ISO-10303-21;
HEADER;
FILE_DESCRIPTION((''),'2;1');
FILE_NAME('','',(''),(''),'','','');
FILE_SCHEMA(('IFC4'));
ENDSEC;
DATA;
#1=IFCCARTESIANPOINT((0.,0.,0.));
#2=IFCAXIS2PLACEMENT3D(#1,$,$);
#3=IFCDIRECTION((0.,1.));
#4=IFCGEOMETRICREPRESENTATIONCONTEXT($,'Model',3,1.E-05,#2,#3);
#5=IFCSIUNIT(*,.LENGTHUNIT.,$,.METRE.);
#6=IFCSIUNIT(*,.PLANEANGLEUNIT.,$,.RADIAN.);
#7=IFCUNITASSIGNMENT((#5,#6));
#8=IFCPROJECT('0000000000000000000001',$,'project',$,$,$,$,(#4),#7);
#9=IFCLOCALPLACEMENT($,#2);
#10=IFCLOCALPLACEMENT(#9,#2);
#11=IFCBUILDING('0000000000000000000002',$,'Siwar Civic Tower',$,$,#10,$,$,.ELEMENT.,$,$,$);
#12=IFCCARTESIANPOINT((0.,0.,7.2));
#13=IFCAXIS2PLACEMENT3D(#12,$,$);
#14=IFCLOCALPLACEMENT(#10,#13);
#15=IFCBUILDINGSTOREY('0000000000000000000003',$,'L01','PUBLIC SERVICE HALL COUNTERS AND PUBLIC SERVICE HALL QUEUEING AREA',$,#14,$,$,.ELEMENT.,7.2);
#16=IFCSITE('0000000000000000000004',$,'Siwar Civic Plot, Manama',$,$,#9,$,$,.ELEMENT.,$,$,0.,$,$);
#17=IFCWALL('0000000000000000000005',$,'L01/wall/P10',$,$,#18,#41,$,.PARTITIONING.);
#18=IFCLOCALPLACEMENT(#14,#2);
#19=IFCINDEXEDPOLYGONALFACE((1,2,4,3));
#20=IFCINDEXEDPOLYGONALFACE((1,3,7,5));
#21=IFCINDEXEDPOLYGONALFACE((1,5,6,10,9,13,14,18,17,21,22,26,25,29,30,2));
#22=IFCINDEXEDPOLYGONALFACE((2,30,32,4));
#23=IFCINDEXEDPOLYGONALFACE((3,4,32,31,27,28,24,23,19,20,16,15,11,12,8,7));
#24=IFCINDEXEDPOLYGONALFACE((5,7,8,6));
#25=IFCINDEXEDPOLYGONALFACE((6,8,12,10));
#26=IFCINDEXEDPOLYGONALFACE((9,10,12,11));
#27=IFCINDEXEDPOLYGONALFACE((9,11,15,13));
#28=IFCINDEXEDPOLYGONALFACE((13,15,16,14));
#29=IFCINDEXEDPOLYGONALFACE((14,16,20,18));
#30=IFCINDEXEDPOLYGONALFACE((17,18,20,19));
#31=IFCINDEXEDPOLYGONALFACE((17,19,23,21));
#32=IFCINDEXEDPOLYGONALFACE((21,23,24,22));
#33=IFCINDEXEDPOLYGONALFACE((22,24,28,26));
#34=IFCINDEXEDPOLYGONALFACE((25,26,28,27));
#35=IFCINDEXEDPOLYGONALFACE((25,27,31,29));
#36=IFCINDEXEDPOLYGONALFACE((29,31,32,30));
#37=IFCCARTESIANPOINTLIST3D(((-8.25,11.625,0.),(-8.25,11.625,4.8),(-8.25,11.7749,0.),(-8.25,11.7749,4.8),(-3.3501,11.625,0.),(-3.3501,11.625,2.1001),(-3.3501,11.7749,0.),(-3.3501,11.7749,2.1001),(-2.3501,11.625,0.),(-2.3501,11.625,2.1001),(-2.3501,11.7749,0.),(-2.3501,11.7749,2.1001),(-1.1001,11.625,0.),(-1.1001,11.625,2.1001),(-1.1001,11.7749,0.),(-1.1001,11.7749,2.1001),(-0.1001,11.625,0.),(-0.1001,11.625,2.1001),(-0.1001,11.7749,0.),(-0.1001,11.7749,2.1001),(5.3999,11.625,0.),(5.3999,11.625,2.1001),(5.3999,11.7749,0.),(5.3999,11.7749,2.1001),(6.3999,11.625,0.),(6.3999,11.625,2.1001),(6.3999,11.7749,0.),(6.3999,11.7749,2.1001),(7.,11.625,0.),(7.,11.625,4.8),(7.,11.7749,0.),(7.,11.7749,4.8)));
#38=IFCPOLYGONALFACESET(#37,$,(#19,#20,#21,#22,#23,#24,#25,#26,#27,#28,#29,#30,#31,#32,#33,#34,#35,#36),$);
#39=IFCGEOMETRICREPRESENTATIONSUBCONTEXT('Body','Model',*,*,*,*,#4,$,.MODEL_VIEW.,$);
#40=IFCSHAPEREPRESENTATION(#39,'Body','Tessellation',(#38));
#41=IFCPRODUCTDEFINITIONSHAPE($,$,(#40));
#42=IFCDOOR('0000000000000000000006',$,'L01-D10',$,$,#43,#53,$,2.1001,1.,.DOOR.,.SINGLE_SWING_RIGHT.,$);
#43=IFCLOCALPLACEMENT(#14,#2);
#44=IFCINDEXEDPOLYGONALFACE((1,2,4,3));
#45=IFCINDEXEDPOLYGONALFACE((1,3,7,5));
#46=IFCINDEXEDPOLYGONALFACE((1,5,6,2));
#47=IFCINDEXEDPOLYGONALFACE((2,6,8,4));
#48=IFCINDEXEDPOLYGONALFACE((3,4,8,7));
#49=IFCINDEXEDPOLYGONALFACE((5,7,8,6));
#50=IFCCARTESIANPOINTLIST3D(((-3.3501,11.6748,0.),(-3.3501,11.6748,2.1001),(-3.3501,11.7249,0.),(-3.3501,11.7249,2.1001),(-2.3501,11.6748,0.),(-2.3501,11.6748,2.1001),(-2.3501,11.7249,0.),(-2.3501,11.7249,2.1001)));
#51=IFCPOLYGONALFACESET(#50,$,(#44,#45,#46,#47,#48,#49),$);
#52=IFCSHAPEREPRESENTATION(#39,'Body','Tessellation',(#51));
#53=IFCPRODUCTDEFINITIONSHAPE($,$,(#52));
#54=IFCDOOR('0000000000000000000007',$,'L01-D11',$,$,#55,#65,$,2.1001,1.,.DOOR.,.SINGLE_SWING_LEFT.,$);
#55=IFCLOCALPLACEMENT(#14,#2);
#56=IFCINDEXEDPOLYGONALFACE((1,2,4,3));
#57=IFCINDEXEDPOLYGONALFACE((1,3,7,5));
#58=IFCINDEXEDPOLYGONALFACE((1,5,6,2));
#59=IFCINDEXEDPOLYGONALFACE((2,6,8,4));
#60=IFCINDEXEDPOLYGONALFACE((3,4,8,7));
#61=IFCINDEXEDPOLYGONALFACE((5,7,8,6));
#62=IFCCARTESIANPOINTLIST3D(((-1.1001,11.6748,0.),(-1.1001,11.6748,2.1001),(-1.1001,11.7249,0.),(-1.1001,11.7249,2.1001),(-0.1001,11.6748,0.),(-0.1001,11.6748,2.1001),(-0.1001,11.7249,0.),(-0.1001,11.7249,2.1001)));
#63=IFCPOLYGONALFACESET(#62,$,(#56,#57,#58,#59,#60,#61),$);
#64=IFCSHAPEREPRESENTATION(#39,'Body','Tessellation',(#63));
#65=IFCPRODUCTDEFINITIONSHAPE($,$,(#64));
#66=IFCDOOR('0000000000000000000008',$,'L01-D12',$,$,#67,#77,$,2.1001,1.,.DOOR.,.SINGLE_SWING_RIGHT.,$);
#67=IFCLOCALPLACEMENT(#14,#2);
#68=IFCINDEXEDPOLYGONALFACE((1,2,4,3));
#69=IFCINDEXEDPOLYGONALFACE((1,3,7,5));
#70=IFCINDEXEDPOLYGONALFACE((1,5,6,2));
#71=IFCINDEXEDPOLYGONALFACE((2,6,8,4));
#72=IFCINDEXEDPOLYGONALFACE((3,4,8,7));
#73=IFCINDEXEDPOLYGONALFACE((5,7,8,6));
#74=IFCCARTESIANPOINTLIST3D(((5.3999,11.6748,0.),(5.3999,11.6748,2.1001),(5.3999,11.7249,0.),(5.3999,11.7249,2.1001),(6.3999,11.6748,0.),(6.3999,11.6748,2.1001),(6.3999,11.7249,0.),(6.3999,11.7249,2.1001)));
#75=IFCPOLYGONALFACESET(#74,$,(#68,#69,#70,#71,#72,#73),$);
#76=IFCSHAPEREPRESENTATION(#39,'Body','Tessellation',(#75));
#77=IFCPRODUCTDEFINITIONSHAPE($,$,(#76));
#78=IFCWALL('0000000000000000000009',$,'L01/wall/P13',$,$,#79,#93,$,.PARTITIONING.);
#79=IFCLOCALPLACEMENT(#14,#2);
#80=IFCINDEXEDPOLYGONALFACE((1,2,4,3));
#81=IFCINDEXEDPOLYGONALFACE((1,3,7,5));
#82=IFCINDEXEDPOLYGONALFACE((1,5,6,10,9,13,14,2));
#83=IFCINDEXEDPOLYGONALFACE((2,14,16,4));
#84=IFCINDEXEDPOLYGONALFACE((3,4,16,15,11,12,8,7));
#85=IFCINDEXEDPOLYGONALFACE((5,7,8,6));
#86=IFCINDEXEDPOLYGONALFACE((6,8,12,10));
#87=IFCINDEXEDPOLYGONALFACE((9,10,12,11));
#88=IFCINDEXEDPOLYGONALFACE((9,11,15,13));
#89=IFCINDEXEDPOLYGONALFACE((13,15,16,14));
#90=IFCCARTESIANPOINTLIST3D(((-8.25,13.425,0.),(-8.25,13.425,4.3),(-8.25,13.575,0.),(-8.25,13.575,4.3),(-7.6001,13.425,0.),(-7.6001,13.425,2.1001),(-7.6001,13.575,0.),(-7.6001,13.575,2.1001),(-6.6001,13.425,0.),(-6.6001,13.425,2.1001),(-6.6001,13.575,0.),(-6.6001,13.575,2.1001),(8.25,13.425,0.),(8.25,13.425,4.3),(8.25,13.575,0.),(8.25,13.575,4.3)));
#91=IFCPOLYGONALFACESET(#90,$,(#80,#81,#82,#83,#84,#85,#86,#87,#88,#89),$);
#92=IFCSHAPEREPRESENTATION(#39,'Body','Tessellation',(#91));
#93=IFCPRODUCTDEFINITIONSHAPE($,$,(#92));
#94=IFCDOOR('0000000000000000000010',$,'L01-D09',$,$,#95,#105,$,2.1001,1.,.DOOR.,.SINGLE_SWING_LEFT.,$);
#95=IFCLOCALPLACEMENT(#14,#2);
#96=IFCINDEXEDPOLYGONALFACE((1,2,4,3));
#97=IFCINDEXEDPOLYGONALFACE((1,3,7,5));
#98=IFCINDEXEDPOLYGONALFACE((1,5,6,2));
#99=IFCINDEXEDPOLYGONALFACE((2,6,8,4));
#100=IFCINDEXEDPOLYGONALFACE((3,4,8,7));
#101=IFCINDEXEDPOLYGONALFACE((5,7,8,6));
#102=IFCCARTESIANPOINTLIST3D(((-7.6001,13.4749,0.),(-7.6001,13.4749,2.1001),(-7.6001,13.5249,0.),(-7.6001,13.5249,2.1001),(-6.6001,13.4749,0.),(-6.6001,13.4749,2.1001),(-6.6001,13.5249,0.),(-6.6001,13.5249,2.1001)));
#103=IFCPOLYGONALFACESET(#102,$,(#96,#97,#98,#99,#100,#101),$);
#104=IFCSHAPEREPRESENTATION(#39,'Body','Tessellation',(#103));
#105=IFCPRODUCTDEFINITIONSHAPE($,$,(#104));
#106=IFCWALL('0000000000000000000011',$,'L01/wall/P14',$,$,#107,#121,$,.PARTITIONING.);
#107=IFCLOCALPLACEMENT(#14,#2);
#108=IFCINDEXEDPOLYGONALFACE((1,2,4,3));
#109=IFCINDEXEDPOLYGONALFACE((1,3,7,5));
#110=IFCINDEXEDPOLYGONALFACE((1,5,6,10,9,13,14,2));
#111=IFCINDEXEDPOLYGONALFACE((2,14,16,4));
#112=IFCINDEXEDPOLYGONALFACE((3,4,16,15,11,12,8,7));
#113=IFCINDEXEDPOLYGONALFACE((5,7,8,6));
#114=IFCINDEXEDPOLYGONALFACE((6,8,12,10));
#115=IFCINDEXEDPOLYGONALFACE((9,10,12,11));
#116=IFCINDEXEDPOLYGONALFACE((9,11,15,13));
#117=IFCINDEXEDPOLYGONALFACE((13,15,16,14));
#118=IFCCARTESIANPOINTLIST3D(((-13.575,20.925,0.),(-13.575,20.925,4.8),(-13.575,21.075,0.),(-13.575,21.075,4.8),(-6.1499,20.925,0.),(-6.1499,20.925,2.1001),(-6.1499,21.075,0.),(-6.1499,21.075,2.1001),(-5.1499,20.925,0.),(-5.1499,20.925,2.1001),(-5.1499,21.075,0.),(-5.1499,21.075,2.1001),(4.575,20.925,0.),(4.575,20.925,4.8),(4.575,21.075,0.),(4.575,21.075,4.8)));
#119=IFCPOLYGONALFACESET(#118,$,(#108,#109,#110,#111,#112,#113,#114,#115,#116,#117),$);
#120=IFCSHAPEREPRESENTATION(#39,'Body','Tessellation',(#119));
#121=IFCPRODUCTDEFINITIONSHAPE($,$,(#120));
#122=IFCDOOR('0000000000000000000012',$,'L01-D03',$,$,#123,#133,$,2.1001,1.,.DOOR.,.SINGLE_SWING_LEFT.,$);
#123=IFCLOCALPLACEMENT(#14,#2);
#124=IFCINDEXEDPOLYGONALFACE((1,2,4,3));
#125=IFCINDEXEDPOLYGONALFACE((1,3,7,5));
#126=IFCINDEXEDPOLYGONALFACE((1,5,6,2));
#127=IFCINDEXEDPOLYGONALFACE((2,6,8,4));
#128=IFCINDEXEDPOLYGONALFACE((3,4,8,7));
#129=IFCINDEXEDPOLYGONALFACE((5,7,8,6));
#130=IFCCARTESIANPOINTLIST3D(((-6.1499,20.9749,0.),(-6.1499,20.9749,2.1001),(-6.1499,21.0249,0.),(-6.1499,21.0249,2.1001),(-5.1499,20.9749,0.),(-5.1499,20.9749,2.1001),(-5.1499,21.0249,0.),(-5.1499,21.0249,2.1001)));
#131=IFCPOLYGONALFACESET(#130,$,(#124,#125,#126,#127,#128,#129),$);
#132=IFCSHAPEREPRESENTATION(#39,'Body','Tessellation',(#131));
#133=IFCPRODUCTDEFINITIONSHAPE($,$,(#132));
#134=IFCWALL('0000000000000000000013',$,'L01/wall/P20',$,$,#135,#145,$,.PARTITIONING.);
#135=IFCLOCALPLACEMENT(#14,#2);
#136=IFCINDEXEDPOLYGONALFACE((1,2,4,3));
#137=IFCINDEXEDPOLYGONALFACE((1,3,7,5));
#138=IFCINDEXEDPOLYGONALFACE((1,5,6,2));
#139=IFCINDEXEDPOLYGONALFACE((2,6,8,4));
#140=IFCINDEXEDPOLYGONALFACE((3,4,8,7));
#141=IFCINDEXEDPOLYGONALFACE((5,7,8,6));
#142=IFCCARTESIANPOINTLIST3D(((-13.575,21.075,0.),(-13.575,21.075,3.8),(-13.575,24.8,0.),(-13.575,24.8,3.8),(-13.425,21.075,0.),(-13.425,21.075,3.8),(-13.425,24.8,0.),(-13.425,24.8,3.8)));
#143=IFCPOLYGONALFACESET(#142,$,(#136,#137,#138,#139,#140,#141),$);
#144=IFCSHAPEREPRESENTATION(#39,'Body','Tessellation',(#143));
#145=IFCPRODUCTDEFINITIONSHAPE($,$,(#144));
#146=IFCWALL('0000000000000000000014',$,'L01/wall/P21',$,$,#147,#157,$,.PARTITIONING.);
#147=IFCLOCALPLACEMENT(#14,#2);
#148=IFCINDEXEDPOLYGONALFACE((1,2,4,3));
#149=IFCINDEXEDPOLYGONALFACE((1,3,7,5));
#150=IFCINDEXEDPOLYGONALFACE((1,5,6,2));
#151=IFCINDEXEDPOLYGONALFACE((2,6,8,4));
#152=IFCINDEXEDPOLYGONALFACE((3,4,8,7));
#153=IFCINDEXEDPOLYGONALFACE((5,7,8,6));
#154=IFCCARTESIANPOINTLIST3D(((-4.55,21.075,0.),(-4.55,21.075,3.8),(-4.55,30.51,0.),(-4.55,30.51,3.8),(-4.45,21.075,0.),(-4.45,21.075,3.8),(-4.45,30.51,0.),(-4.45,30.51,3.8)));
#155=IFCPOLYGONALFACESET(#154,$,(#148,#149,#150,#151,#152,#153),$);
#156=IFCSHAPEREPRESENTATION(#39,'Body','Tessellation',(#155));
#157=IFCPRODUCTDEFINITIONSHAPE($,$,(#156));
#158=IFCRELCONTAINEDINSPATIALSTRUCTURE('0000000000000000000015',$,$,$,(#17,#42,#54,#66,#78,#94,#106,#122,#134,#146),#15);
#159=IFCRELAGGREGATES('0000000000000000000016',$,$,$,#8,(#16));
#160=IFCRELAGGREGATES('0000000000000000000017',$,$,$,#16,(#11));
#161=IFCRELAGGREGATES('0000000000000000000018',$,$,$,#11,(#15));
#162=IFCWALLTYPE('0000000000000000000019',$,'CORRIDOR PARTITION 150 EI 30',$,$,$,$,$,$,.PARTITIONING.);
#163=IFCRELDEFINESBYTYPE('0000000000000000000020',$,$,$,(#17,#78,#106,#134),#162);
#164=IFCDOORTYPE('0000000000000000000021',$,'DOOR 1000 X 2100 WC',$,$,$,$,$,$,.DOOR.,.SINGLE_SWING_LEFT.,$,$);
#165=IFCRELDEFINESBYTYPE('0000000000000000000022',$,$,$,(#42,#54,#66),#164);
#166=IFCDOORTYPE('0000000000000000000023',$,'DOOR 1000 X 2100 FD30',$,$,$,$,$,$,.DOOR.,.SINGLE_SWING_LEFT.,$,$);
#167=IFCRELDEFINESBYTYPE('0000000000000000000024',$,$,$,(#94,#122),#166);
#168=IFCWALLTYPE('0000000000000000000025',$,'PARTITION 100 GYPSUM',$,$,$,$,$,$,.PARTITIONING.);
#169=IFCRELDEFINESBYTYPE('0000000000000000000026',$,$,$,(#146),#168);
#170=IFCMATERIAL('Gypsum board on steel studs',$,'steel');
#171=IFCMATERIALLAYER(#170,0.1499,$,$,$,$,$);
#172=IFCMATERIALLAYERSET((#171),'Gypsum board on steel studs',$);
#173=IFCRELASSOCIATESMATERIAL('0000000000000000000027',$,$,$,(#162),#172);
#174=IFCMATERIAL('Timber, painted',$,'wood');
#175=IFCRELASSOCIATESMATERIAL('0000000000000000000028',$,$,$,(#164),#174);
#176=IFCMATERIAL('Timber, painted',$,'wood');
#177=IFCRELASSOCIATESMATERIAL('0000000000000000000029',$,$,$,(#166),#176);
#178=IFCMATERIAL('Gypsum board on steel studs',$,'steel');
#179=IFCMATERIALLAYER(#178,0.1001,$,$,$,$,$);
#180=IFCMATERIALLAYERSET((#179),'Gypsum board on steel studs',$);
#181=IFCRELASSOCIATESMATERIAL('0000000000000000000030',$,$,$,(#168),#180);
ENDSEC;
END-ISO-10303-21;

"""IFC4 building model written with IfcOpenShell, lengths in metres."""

from ifc_helpers import new_model, si_unit, direction, frame, frame_2d, origin, place, context, subcontext, project, spatial, rectangle, extrude, material, layer, layer_set, type_object, element, fill, save


model = new_model("IFC4")

# Units and contexts
model_context = context("Model", 3, precision=1e-05, world=origin(), true_north=direction((0.0, 1.0)))
body_context = subcontext(model_context, "Body", "Model", "MODEL_VIEW")
ifc_project = project(units=[si_unit("LENGTHUNIT", "METRE"), si_unit("PLANEANGLEUNIT", "RADIAN")], contexts=[model_context])

# Site, building, storey
site_placement = place(None, origin())
site = spatial("IfcSite", under=ifc_project, at=site_placement, Name="Siwar Civic Plot, Manama", CompositionType="ELEMENT", RefElevation=0.0)
building_placement = place(site_placement, origin())
building = spatial("IfcBuilding", under=site, at=building_placement, Name="Siwar Civic Tower", CompositionType="ELEMENT")
storey_placement = place(building_placement, frame((0.0, 0.0, 7.2)))
storey = spatial("IfcBuildingStorey", under=building, at=storey_placement, Name="L01", Description="PUBLIC SERVICE HALL COUNTERS AND PUBLIC SERVICE HALL QUEUEING AREA", CompositionType="ELEMENT", Elevation=7.2)

# Wall, openings, doors
ifc_material_1 = material(Name="Gypsum board on steel studs", Category="steel")
ifc_layer_1 = layer(ifc_material_1, 0.1499)
ifc_layer_set_1 = layer_set([ifc_layer_1], Name="Gypsum board on steel studs")
wall_type_1 = type_object("IfcWallType", Name="CORRIDOR PARTITION 150 EI 30", PredefinedType="PARTITIONING", material=ifc_layer_set_1)
wall_1_placement = place(storey_placement, frame((-8.25, 11.7, 0.0), z_axis=(0.0, 0.0, 1.0), x_axis=(1.0, 0.0, 0.0)))
wall_1 = element("IfcWall", 1, at=wall_1_placement, inside=storey, type_object=wall_type_1, Name="L01/wall/P10", PredefinedType="PARTITIONING", context=body_context, shape_type="SweptSolid", body=[
    extrude(rectangle(XDim=15.25, YDim=0.1499, at=frame_2d((7.625, 0.0))), origin(), (0.0, 0.0, 1.0), 4.8),
])
opening_1_placement = place(wall_1_placement, frame((4.8999, 0.0, 0.0)))
opening_1 = element("IfcOpeningElement", 2, at=opening_1_placement, cuts=wall_1, PredefinedType="OPENING", context=body_context, shape_type="SweptSolid", body=[
    extrude(rectangle(XDim=1.0, YDim=2.1001, at=frame_2d((0.5, 1.05))), frame((0.0, 0.085, 0.0), z_axis=(0.0, -1.0, 0.0), x_axis=(1.0, 0.0, 0.0)), (0.0, 0.0, 1.0), 0.1699),
])
opening_2_placement = place(wall_1_placement, frame((7.1499, 0.0, 0.0)))
opening_2 = element("IfcOpeningElement", 3, at=opening_2_placement, cuts=wall_1, PredefinedType="OPENING", context=body_context, shape_type="SweptSolid", body=[
    extrude(rectangle(XDim=1.0, YDim=2.1001, at=frame_2d((0.5, 1.05))), frame((0.0, 0.085, 0.0), z_axis=(0.0, -1.0, 0.0), x_axis=(1.0, 0.0, 0.0)), (0.0, 0.0, 1.0), 0.1699),
])
opening_3_placement = place(wall_1_placement, frame((13.6499, 0.0, 0.0)))
opening_3 = element("IfcOpeningElement", 4, at=opening_3_placement, cuts=wall_1, PredefinedType="OPENING", context=body_context, shape_type="SweptSolid", body=[
    extrude(rectangle(XDim=1.0, YDim=2.1001, at=frame_2d((0.5, 1.05))), frame((0.0, 0.085, 0.0), z_axis=(0.0, -1.0, 0.0), x_axis=(1.0, 0.0, 0.0)), (0.0, 0.0, 1.0), 0.1699),
])
ifc_material_2 = material(Name="Timber, painted", Category="wood")
door_type_1 = type_object("IfcDoorType", Name="DOOR 1000 X 2100 WC", OperationType="SINGLE_SWING_LEFT", PredefinedType="DOOR", material=ifc_material_2)
door_1_placement = place(opening_1_placement, origin())
door_1 = element("IfcDoor", 5, at=door_1_placement, inside=storey, type_object=door_type_1, Name="L01-D10", OperationType="SINGLE_SWING_RIGHT", OverallHeight=2.1001, OverallWidth=1.0, PredefinedType="DOOR", context=body_context, shape_type="SweptSolid", body=[
    extrude(rectangle(XDim=1.0, YDim=2.1001, at=frame_2d((0.5, 1.05))), frame((0.0, 0.0249, 0.0), z_axis=(0.0, -1.0, 0.0), x_axis=(1.0, 0.0, 0.0)), (0.0, 0.0, 1.0), 0.05),
])
fill(opening_1, door_1)
door_2_placement = place(opening_2_placement, origin())
door_2 = element("IfcDoor", 6, at=door_2_placement, inside=storey, type_object=door_type_1, Name="L01-D11", OperationType="SINGLE_SWING_LEFT", OverallHeight=2.1001, OverallWidth=1.0, PredefinedType="DOOR", context=body_context, shape_type="SweptSolid", body=[
    extrude(rectangle(XDim=1.0, YDim=2.1001, at=frame_2d((0.5, 1.05))), frame((0.0, 0.0249, 0.0), z_axis=(0.0, -1.0, 0.0), x_axis=(1.0, 0.0, 0.0)), (0.0, 0.0, 1.0), 0.05),
])
fill(opening_2, door_2)
door_3_placement = place(opening_3_placement, origin())
door_3 = element("IfcDoor", 7, at=door_3_placement, inside=storey, type_object=door_type_1, Name="L01-D12", OperationType="SINGLE_SWING_RIGHT", OverallHeight=2.1001, OverallWidth=1.0, PredefinedType="DOOR", context=body_context, shape_type="SweptSolid", body=[
    extrude(rectangle(XDim=1.0, YDim=2.1001, at=frame_2d((0.5, 1.05))), frame((0.0, 0.0249, 0.0), z_axis=(0.0, -1.0, 0.0), x_axis=(1.0, 0.0, 0.0)), (0.0, 0.0, 1.0), 0.05),
])
fill(opening_3, door_3)

# Walls, openings, doors
wall_2_placement = place(storey_placement, frame((-8.25, 13.5, 0.0), z_axis=(0.0, 0.0, 1.0), x_axis=(1.0, 0.0, 0.0)))
wall_2 = element("IfcWall", 8, at=wall_2_placement, inside=storey, type_object=wall_type_1, Name="L01/wall/P13", PredefinedType="PARTITIONING", context=body_context, shape_type="SweptSolid", body=[
    extrude(rectangle(XDim=16.5, YDim=0.1499, at=frame_2d((8.25, 0.0))), origin(), (0.0, 0.0, 1.0), 4.3),
])
opening_4_placement = place(wall_2_placement, frame((0.6499, 0.0, 0.0)))
opening_4 = element("IfcOpeningElement", 9, at=opening_4_placement, cuts=wall_2, PredefinedType="OPENING", context=body_context, shape_type="SweptSolid", body=[
    extrude(rectangle(XDim=1.0, YDim=2.1001, at=frame_2d((0.5, 1.05))), frame((0.0, 0.085, 0.0), z_axis=(0.0, -1.0, 0.0), x_axis=(1.0, 0.0, 0.0)), (0.0, 0.0, 1.0), 0.1699),
])
ifc_material_3 = material(Name="Timber, painted", Category="wood")
door_type_2 = type_object("IfcDoorType", Name="DOOR 1000 X 2100 FD30", OperationType="SINGLE_SWING_LEFT", PredefinedType="DOOR", material=ifc_material_3)
door_4_placement = place(opening_4_placement, origin())
door_4 = element("IfcDoor", 10, at=door_4_placement, inside=storey, type_object=door_type_2, Name="L01-D09", OperationType="SINGLE_SWING_LEFT", OverallHeight=2.1001, OverallWidth=1.0, PredefinedType="DOOR", context=body_context, shape_type="SweptSolid", body=[
    extrude(rectangle(XDim=1.0, YDim=2.1001, at=frame_2d((0.5, 1.05))), frame((0.0, 0.0249, 0.0), z_axis=(0.0, -1.0, 0.0), x_axis=(1.0, 0.0, 0.0)), (0.0, 0.0, 1.0), 0.05),
])
fill(opening_4, door_4)
wall_3_placement = place(storey_placement, frame((-13.575, 21.0, 0.0), z_axis=(0.0, 0.0, 1.0), x_axis=(1.0, 0.0, 0.0)))
wall_3 = element("IfcWall", 11, at=wall_3_placement, inside=storey, type_object=wall_type_1, Name="L01/wall/P14", PredefinedType="PARTITIONING", context=body_context, shape_type="SweptSolid", body=[
    extrude(rectangle(XDim=18.1499, YDim=0.1499, at=frame_2d((9.075, 0.0))), origin(), (0.0, 0.0, 1.0), 4.8),
])
opening_5_placement = place(wall_3_placement, frame((7.425, 0.0, 0.0)))
opening_5 = element("IfcOpeningElement", 12, at=opening_5_placement, cuts=wall_3, PredefinedType="OPENING", context=body_context, shape_type="SweptSolid", body=[
    extrude(rectangle(XDim=1.0, YDim=2.1001, at=frame_2d((0.5, 1.05))), frame((0.0, 0.085, 0.0), z_axis=(0.0, -1.0, 0.0), x_axis=(1.0, 0.0, 0.0)), (0.0, 0.0, 1.0), 0.1699),
])
door_5_placement = place(opening_5_placement, origin())
door_5 = element("IfcDoor", 13, at=door_5_placement, inside=storey, type_object=door_type_2, Name="L01-D03", OperationType="SINGLE_SWING_LEFT", OverallHeight=2.1001, OverallWidth=1.0, PredefinedType="DOOR", context=body_context, shape_type="SweptSolid", body=[
    extrude(rectangle(XDim=1.0, YDim=2.1001, at=frame_2d((0.5, 1.05))), frame((0.0, 0.0249, 0.0), z_axis=(0.0, -1.0, 0.0), x_axis=(1.0, 0.0, 0.0)), (0.0, 0.0, 1.0), 0.05),
])
fill(opening_5, door_5)

# Walls
wall_4_placement = place(storey_placement, frame((-13.5, 21.075, 0.0), z_axis=(0.0, 0.0, 1.0), x_axis=(0.0, 1.0, 0.0)))
element("IfcWall", 14, at=wall_4_placement, inside=storey, type_object=wall_type_1, Name="L01/wall/P20", PredefinedType="PARTITIONING", context=body_context, shape_type="SweptSolid", body=[
    extrude(rectangle(XDim=3.7251, YDim=0.1499, at=frame_2d((1.8625, 0.0))), origin(), (0.0, 0.0, 1.0), 3.8),
])
ifc_material_4 = material(Name="Gypsum board on steel studs", Category="steel")
ifc_layer_2 = layer(ifc_material_4, 0.1001)
ifc_layer_set_2 = layer_set([ifc_layer_2], Name="Gypsum board on steel studs")
wall_type_2 = type_object("IfcWallType", Name="PARTITION 100 GYPSUM", PredefinedType="PARTITIONING", material=ifc_layer_set_2)
wall_5_placement = place(storey_placement, frame((-4.5, 21.075, 0.0), z_axis=(0.0, 0.0, 1.0), x_axis=(0.0, 1.0, 0.0)))
element("IfcWall", 15, at=wall_5_placement, inside=storey, type_object=wall_type_2, Name="L01/wall/P21", PredefinedType="PARTITIONING", context=body_context, shape_type="SweptSolid", body=[
    extrude(rectangle(XDim=9.4351, YDim=0.1001, at=frame_2d((4.7175, 0.0))), origin(), (0.0, 0.0, 1.0), 3.8),
])

save(model, "model.ifc")
